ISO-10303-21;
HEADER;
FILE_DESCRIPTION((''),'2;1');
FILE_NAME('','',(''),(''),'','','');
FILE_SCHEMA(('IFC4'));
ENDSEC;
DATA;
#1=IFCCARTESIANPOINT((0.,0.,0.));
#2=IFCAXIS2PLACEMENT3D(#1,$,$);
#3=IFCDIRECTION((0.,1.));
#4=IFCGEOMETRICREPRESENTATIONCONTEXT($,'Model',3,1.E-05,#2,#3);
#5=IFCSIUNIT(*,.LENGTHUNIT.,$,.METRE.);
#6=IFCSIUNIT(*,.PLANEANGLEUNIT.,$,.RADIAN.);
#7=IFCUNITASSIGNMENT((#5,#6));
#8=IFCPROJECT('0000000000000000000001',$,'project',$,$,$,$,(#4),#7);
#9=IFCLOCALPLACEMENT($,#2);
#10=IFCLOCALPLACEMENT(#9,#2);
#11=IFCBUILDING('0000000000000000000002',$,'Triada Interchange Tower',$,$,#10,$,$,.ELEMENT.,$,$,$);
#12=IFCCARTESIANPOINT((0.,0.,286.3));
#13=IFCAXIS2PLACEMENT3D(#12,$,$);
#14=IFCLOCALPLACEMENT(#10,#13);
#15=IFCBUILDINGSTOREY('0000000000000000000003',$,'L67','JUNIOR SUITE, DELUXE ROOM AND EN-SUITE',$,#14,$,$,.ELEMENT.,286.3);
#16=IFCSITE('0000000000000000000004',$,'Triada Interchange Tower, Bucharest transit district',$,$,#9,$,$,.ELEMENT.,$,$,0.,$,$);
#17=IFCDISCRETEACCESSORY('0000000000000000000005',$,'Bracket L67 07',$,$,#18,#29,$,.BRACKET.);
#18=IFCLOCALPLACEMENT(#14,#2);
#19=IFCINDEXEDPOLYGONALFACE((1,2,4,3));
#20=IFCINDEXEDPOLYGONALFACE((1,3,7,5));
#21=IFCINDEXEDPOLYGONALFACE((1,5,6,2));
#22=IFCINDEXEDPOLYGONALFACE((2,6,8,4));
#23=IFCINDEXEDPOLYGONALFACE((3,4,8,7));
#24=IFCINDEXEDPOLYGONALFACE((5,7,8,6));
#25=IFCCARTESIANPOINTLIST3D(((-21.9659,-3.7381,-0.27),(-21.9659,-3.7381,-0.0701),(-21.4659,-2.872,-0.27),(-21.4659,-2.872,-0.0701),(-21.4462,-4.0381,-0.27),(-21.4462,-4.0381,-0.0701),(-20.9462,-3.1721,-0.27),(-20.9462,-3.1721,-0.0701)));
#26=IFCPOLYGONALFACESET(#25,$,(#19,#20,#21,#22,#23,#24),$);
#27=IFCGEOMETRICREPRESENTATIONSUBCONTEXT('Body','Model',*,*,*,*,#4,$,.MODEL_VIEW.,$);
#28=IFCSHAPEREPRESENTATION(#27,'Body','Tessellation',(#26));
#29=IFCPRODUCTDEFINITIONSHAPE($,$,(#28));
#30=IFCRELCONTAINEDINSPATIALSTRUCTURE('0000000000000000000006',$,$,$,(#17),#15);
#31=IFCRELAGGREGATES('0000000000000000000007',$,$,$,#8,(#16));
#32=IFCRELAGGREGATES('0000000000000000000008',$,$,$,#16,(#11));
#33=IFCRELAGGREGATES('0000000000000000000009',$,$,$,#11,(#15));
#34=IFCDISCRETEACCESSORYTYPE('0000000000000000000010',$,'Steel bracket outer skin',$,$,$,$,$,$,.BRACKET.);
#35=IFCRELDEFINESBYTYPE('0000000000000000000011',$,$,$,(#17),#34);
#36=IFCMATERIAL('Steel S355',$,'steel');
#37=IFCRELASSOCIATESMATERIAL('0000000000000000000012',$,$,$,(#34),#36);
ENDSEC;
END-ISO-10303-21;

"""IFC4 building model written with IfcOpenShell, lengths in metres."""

from ifc_helpers import new_model, si_unit, direction, frame, origin, origin_2d, place, context, subcontext, project, spatial, rectangle, extrude, material, type_object, element, save


model = new_model("IFC4")

# Units and contexts
model_context = context("Model", 3, precision=1e-05, world=origin(), true_north=direction((0.0, 1.0)))
body_context = subcontext(model_context, "Body", "Model", "MODEL_VIEW")
ifc_project = project(units=[si_unit("LENGTHUNIT", "METRE"), si_unit("PLANEANGLEUNIT", "RADIAN")], contexts=[model_context])

# Site, building, storey
site_placement = place(None, origin())
site = spatial("IfcSite", under=ifc_project, at=site_placement, Name="Triada Interchange Tower, Bucharest transit district", CompositionType="ELEMENT", RefElevation=0.0)
building_placement = place(site_placement, origin())
building = spatial("IfcBuilding", under=site, at=building_placement, Name="Triada Interchange Tower", CompositionType="ELEMENT")
storey_placement = place(building_placement, frame((0.0, 0.0, 286.3)))
storey = spatial("IfcBuildingStorey", under=building, at=storey_placement, Name="L67", Description="JUNIOR SUITE, DELUXE ROOM AND EN-SUITE", CompositionType="ELEMENT", Elevation=286.3)

# Discrete accessory
ifc_material_1 = material(Name="Steel S355", Category="steel")
discrete_accessory_type = type_object("IfcDiscreteAccessoryType", Name="Steel bracket outer skin", PredefinedType="BRACKET", material=ifc_material_1)
discrete_accessory_placement = place(storey_placement, frame((-21.4561, -3.4551, -0.27), z_axis=(0.0, 0.0, 1.0), x_axis=(-0.866024, 0.500002, 0.0)))
element("IfcDiscreteAccessory", 1, at=discrete_accessory_placement, inside=storey, type_object=discrete_accessory_type, Name="Bracket L67 07", PredefinedType="BRACKET", context=body_context, shape_type="SweptSolid", body=[
    extrude(rectangle(XDim=0.6001, YDim=1.0, at=origin_2d()), origin(), (0.0, 0.0, 1.0), 0.2),
])

save(model, "model.ifc")
